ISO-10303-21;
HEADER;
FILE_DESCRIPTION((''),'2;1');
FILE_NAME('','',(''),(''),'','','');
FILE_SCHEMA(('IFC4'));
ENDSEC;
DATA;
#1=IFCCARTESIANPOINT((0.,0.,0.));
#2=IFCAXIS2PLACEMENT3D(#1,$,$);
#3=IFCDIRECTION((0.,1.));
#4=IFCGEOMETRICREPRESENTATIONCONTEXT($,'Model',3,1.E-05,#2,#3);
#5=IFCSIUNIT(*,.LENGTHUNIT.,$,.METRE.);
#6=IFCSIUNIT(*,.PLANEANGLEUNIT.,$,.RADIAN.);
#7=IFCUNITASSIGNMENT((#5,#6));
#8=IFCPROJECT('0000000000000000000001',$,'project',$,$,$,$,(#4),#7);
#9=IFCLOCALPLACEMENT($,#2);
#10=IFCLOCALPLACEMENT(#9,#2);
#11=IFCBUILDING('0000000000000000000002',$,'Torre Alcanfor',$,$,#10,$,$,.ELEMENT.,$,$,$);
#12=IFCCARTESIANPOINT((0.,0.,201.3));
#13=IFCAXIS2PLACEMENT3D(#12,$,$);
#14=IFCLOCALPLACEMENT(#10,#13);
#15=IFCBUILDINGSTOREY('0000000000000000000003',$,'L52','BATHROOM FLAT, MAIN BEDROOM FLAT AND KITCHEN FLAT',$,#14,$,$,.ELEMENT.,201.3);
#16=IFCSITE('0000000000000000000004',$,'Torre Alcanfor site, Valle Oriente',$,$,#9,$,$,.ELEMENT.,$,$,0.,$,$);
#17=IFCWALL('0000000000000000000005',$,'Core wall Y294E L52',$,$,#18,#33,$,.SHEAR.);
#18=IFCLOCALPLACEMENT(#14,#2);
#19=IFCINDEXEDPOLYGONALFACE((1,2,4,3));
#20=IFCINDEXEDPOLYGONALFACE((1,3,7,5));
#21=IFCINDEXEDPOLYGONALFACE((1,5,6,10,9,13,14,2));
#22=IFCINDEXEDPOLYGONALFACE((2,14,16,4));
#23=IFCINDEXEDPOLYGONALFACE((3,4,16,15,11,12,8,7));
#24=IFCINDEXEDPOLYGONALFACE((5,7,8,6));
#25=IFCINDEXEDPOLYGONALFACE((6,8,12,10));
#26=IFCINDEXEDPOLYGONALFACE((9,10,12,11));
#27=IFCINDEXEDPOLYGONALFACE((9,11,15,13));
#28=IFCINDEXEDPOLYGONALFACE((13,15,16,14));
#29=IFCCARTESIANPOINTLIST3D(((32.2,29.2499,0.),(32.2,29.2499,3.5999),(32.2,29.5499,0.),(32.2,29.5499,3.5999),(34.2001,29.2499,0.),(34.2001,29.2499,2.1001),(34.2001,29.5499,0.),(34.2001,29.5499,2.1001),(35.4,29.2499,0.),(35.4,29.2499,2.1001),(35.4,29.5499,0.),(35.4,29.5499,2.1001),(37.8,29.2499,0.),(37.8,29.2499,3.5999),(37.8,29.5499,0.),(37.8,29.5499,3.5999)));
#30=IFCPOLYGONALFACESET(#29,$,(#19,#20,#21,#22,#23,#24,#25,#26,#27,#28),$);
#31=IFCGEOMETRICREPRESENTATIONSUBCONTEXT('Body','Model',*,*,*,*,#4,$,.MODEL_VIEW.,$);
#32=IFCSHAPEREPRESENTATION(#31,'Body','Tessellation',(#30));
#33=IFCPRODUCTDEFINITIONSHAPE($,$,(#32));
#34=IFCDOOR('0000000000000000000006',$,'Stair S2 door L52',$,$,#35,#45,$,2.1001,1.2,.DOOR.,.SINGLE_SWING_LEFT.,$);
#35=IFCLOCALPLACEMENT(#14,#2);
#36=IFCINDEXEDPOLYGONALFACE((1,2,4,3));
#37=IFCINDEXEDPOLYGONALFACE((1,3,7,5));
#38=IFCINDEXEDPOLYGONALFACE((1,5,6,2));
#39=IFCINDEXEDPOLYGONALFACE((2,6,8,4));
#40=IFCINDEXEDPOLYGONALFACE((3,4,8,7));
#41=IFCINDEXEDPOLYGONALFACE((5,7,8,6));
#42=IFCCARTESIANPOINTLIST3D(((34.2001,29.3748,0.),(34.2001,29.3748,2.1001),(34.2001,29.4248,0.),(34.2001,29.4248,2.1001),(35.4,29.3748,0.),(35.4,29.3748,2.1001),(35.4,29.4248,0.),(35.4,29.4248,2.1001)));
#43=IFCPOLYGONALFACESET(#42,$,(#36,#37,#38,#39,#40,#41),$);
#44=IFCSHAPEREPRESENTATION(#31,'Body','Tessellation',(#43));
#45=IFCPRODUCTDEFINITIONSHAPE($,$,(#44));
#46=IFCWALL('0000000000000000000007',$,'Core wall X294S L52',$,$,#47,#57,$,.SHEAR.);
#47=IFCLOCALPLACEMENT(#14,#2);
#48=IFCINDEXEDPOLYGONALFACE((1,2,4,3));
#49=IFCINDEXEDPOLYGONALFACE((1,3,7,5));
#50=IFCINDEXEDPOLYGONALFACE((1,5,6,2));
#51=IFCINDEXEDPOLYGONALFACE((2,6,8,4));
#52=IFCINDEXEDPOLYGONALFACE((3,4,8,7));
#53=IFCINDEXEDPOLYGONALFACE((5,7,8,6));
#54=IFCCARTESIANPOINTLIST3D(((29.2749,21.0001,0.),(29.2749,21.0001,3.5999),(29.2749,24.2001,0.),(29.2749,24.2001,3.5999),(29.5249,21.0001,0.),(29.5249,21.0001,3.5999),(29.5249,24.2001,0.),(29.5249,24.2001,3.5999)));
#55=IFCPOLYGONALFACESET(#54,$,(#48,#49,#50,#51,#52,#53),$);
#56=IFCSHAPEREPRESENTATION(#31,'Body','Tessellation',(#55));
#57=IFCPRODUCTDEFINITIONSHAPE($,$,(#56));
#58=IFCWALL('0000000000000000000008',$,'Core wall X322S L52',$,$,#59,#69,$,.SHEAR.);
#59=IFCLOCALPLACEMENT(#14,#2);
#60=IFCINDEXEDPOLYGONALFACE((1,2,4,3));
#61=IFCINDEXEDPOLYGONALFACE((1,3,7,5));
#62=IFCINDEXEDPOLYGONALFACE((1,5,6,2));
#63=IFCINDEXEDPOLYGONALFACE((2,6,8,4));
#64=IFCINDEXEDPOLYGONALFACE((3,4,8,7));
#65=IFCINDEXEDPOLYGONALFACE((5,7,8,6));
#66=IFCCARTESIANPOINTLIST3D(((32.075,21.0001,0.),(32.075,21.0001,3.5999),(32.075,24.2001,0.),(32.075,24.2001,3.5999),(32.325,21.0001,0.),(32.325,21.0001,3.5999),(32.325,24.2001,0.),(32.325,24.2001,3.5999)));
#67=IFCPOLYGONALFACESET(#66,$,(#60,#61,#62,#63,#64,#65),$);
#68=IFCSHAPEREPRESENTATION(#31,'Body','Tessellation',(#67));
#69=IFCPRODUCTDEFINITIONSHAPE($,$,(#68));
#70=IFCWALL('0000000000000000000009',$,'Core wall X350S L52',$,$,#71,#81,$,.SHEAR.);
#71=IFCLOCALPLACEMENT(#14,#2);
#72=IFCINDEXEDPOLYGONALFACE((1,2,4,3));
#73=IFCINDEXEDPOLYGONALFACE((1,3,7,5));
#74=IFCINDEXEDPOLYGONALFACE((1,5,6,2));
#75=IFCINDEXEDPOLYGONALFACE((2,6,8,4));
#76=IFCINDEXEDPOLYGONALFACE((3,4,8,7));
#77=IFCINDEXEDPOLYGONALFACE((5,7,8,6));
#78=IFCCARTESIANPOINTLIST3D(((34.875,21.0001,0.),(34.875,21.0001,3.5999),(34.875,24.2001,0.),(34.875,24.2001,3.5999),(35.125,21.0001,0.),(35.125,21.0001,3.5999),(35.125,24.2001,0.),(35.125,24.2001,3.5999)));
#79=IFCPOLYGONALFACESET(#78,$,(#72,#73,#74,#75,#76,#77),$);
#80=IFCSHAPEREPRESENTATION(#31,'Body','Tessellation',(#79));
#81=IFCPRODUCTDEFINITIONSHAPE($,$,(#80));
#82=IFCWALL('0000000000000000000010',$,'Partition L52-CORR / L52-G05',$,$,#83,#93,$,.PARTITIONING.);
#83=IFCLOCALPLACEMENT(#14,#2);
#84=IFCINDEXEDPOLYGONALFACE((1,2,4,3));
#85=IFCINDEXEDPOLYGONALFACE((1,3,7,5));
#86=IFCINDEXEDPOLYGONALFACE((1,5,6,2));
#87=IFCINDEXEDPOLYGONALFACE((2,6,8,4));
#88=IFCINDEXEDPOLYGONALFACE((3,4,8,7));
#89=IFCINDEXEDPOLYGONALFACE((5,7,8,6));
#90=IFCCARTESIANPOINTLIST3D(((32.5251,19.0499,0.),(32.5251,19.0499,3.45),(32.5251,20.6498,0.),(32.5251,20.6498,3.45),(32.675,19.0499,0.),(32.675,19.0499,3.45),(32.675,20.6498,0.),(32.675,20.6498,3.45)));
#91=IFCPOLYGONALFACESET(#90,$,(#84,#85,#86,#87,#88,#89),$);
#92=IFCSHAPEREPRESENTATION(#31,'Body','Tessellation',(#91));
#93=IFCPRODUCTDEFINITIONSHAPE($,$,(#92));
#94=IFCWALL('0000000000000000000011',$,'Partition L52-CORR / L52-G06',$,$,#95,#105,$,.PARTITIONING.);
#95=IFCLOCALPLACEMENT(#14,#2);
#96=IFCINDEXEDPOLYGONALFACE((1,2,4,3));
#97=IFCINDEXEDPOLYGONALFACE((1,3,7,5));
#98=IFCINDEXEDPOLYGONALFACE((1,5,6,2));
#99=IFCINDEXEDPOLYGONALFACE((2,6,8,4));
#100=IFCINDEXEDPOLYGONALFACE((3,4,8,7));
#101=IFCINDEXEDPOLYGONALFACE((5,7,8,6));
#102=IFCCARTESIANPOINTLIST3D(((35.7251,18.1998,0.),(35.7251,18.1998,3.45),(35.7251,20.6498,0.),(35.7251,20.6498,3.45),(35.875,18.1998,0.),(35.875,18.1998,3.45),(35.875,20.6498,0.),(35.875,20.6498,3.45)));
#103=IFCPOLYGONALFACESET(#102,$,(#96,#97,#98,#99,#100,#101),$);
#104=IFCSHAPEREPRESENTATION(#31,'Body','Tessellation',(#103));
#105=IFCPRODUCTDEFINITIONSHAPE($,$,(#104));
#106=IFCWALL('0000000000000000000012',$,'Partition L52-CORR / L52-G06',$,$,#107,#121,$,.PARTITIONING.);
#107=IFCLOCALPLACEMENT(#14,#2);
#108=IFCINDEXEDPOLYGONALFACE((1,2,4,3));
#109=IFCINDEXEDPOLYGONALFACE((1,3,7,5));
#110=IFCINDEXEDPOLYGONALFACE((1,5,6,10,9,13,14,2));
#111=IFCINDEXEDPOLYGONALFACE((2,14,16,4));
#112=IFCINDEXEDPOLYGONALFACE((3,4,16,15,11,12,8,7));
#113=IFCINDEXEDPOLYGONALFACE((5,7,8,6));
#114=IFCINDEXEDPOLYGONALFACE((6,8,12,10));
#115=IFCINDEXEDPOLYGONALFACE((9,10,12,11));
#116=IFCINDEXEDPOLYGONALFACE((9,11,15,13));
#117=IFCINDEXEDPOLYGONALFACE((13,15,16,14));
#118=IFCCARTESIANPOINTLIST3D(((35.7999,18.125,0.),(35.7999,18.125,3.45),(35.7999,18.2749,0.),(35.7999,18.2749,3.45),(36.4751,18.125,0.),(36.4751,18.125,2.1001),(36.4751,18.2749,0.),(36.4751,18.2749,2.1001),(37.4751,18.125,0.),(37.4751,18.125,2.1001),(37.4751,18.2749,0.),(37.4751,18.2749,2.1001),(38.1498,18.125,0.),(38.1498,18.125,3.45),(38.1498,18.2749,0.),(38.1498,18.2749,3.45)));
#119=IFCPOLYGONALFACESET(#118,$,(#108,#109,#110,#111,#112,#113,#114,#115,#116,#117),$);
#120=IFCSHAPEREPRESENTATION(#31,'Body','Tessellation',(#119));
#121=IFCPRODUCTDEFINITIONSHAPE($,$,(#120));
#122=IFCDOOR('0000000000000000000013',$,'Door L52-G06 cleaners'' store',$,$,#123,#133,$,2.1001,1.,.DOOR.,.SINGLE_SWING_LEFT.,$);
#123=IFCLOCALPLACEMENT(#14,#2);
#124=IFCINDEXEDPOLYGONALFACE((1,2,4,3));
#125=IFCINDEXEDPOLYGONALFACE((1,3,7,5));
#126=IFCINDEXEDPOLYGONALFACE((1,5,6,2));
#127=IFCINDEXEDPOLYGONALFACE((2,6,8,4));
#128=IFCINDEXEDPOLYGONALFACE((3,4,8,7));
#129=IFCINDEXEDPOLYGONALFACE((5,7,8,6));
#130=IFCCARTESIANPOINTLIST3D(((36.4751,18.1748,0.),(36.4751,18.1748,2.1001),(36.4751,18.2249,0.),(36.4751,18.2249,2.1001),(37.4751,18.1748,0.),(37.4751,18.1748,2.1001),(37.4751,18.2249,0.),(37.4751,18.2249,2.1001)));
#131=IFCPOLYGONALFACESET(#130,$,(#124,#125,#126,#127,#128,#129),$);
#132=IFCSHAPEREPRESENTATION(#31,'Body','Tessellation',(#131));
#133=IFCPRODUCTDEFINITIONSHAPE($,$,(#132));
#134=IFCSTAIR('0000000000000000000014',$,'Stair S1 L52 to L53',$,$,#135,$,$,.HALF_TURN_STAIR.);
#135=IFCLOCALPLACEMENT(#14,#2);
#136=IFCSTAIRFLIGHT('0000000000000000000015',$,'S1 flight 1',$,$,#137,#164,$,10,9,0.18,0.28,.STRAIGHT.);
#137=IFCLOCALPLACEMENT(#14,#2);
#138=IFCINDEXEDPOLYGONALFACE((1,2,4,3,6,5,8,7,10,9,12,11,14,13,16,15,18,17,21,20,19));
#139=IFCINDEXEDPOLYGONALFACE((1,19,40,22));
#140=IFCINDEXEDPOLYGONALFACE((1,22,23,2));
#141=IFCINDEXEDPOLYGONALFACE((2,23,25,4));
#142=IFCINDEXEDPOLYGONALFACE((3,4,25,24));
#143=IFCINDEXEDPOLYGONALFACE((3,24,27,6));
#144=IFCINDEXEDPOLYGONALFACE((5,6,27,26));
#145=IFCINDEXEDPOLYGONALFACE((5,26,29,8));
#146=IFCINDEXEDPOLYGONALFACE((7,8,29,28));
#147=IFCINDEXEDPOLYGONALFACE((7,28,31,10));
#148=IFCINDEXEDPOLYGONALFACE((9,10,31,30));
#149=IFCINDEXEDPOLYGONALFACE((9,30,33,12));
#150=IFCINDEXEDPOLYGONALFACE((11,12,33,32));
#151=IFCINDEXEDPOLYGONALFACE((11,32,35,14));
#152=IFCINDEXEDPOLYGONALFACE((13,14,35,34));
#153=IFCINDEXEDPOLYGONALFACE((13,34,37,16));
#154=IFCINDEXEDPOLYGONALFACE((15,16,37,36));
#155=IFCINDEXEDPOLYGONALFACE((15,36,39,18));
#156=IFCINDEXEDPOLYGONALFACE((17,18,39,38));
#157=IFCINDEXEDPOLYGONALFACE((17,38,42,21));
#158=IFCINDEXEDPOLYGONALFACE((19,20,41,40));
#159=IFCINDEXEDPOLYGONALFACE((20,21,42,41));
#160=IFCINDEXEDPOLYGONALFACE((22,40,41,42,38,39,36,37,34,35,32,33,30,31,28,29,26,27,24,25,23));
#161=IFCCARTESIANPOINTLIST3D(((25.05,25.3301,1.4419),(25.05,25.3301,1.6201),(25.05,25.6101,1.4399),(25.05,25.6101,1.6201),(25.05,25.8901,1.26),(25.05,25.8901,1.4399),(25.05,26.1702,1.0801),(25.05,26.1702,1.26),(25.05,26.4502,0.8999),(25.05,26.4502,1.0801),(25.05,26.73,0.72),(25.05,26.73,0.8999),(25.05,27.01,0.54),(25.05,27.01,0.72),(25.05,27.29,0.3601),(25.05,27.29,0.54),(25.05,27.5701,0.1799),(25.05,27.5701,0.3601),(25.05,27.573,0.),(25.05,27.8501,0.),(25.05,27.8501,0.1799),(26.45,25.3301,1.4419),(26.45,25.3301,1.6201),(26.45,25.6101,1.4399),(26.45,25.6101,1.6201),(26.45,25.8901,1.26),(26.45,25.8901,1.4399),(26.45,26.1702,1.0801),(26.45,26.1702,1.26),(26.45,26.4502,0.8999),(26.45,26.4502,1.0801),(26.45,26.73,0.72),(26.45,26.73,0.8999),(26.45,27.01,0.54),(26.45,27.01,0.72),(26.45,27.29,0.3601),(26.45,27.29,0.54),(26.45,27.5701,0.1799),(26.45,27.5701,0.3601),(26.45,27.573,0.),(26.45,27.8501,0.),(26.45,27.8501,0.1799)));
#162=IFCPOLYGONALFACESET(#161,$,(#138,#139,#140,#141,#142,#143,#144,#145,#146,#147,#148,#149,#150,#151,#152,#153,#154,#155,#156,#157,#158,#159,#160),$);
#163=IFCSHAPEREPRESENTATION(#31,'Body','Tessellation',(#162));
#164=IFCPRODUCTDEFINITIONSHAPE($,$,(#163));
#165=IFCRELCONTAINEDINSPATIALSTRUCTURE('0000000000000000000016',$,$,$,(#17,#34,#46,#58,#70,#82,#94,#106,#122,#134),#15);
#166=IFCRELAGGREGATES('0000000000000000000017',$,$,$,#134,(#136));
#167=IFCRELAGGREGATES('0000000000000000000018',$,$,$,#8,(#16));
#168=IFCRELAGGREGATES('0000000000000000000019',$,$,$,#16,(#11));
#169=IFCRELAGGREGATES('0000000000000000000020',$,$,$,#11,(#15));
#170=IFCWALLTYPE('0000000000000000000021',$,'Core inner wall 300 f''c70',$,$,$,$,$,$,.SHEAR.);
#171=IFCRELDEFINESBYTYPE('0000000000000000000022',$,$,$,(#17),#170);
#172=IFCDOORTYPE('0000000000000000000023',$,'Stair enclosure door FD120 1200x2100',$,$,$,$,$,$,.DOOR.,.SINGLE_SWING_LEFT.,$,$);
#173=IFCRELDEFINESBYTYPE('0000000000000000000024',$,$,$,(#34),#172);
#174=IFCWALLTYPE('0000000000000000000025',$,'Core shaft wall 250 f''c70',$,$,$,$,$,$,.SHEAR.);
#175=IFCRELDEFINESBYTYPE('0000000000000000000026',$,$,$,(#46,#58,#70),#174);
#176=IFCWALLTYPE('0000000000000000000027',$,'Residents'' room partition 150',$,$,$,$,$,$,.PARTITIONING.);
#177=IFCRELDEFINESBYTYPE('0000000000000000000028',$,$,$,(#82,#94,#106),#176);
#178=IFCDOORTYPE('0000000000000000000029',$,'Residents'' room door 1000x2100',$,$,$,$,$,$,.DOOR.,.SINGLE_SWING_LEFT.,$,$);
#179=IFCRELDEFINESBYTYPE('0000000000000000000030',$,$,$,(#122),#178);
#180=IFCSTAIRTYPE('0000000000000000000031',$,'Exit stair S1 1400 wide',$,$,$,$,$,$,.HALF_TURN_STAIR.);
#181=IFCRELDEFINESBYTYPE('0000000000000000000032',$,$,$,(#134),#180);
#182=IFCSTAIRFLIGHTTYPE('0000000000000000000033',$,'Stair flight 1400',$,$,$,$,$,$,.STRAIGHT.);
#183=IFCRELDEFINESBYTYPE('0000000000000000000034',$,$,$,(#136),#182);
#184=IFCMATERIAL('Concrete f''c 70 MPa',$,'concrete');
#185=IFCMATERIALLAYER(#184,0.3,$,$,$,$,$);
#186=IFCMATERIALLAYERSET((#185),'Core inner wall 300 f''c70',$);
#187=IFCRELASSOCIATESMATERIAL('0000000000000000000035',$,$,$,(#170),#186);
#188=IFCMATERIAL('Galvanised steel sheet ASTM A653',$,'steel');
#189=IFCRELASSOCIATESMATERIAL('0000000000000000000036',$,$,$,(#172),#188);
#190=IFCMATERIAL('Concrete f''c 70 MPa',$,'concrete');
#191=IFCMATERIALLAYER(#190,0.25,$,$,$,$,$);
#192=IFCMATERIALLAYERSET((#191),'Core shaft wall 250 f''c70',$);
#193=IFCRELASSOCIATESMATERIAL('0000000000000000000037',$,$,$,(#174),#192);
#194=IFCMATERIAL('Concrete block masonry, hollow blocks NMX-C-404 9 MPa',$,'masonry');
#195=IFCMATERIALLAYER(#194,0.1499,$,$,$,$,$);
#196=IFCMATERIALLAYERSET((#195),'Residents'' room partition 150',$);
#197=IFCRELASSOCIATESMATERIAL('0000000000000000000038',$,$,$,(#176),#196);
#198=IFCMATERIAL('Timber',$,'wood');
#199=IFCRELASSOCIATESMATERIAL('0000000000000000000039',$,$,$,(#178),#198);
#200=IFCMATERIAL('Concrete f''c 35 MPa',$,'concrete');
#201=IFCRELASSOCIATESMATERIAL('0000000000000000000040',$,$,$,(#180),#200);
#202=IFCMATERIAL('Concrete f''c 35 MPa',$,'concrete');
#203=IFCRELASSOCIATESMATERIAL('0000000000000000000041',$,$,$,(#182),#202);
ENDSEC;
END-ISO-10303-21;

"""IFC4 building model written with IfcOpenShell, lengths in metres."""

from ifc_helpers import new_model, si_unit, direction, frame, frame_2d, origin, place, context, subcontext, project, spatial, polyline, rectangle, outline, extrude, material, layer, layer_set, type_object, element, fill, aggregate, save


model = new_model("IFC4")

# Units and contexts
model_context = context("Model", 3, precision=1e-05, world=origin(), true_north=direction((0.0, 1.0)))
body_context = subcontext(model_context, "Body", "Model", "MODEL_VIEW")
ifc_project = project(units=[si_unit("LENGTHUNIT", "METRE"), si_unit("PLANEANGLEUNIT", "RADIAN")], contexts=[model_context])

# Site, building, storey
site_placement = place(None, origin())
site = spatial("IfcSite", under=ifc_project, at=site_placement, Name="Torre Alcanfor site, Valle Oriente", CompositionType="ELEMENT", RefElevation=0.0)
building_placement = place(site_placement, origin())
building = spatial("IfcBuilding", under=site, at=building_placement, Name="Torre Alcanfor", CompositionType="ELEMENT")
storey_placement = place(building_placement, frame((0.0, 0.0, 201.3)))
storey = spatial("IfcBuildingStorey", under=building, at=storey_placement, Name="L52", Description="BATHROOM FLAT, MAIN BEDROOM FLAT AND KITCHEN FLAT", CompositionType="ELEMENT", Elevation=201.3)

# Shared definitions
ifc_material_1 = material(Name="Concrete f'c 70 MPa", Category="concrete")
ifc_layer_1 = layer(ifc_material_1, 0.3)
ifc_layer_set_1 = layer_set([ifc_layer_1], Name="Core inner wall 300 f'c70")
wall_type_1 = type_object("IfcWallType", Name="Core inner wall 300 f'c70", PredefinedType="SHEAR", material=ifc_layer_set_1)

# Wall, opening, door
wall_1_placement = place(storey_placement, frame((32.2, 29.3999, 0.0), z_axis=(0.0, 0.0, 1.0), x_axis=(1.0, 0.0, 0.0)))
wall_1 = element("IfcWall", 1, at=wall_1_placement, inside=storey, type_object=wall_type_1, Name="Core wall Y294E L52", PredefinedType="SHEAR", context=body_context, shape_type="SweptSolid", body=[
    extrude(rectangle(XDim=5.6001, YDim=0.3, at=frame_2d((2.8, 0.0))), origin(), (0.0, 0.0, 1.0), 3.5999),
])
opening_1_placement = place(wall_1_placement, frame((2.0, 0.0, 0.0)))
opening_1 = element("IfcOpeningElement", 2, at=opening_1_placement, cuts=wall_1, PredefinedType="OPENING", context=body_context, shape_type="SweptSolid", body=[
    extrude(rectangle(XDim=1.2, YDim=2.1001, at=frame_2d((0.6001, 1.05))), frame((0.0, 0.1599, 0.0), z_axis=(0.0, -1.0, 0.0), x_axis=(1.0, 0.0, 0.0)), (0.0, 0.0, 1.0), 0.3201),
])
ifc_material_2 = material(Name="Galvanised steel sheet ASTM A653", Category="steel")
door_type_1 = type_object("IfcDoorType", Name="Stair enclosure door FD120 1200x2100", OperationType="SINGLE_SWING_LEFT", PredefinedType="DOOR", material=ifc_material_2)
door_1_placement = place(opening_1_placement, origin())
door_1 = element("IfcDoor", 3, at=door_1_placement, inside=storey, type_object=door_type_1, Name="Stair S2 door L52", OperationType="SINGLE_SWING_LEFT", OverallHeight=2.1001, OverallWidth=1.2, PredefinedType="DOOR", context=body_context, shape_type="SweptSolid", body=[
    extrude(rectangle(XDim=1.2, YDim=2.1001, at=frame_2d((0.6001, 1.05))), frame((0.0, 0.0249, 0.0), z_axis=(0.0, -1.0, 0.0), x_axis=(1.0, 0.0, 0.0)), (0.0, 0.0, 1.0), 0.05),
])
fill(opening_1, door_1)

# Walls
ifc_material_3 = material(Name="Concrete f'c 70 MPa", Category="concrete")
ifc_layer_2 = layer(ifc_material_3, 0.25)
ifc_layer_set_2 = layer_set([ifc_layer_2], Name="Core shaft wall 250 f'c70")
wall_type_2 = type_object("IfcWallType", Name="Core shaft wall 250 f'c70", PredefinedType="SHEAR", material=ifc_layer_set_2)
for number, where, z_axis, x_axis, name in (
    (4, (29.3999, 21.0, 0.0), (0.0, 0.0, 1.0), (0.0, 1.0, 0.0), "Core wall X294S L52"),
    (5, (32.2, 21.0, 0.0), (0.0, 0.0, 1.0), (0.0, 1.0, 0.0), "Core wall X322S L52"),
    (6, (35.0, 21.0, 0.0), (0.0, 0.0, 1.0), (0.0, 1.0, 0.0), "Core wall X350S L52"),
):
    element("IfcWall", number, at=place(storey_placement, frame(where, z_axis=z_axis, x_axis=x_axis)), inside=storey, type_object=wall_type_2, Name=name, PredefinedType="SHEAR", context=body_context, shape_type="SweptSolid", body=[
        extrude(rectangle(XDim=3.2, YDim=0.25, at=frame_2d((1.6001, 0.0))), origin(), (0.0, 0.0, 1.0), 3.5999),
    ])
ifc_material_4 = material(Name="Concrete block masonry, hollow blocks NMX-C-404 9 MPa", Category="masonry")
ifc_layer_3 = layer(ifc_material_4, 0.1499)
ifc_layer_set_3 = layer_set([ifc_layer_3], Name="Residents' room partition 150")
wall_type_3 = type_object("IfcWallType", Name="Residents' room partition 150", PredefinedType="PARTITIONING", material=ifc_layer_set_3)
wall_2_placement = place(storey_placement, frame((32.6001, 19.05, 0.0), z_axis=(0.0, 0.0, 1.0), x_axis=(0.0, 1.0, 0.0)))
element("IfcWall", 7, at=wall_2_placement, inside=storey, type_object=wall_type_3, Name="Partition L52-CORR / L52-G05", PredefinedType="PARTITIONING", context=body_context, shape_type="SweptSolid", body=[
    extrude(rectangle(XDim=1.5999, YDim=0.1499, at=frame_2d((0.7998, 0.0))), origin(), (0.0, 0.0, 1.0), 3.45),
])
wall_3_placement = place(storey_placement, frame((35.8, 20.6499, 0.0), z_axis=(0.0, 0.0, 1.0), x_axis=(0.0, -1.0, 0.0)))
element("IfcWall", 8, at=wall_3_placement, inside=storey, type_object=wall_type_3, Name="Partition L52-CORR / L52-G06", PredefinedType="PARTITIONING", context=body_context, shape_type="SweptSolid", body=[
    extrude(rectangle(XDim=2.45, YDim=0.1499, at=frame_2d((1.2251, 0.0))), origin(), (0.0, 0.0, 1.0), 3.45),
])

# Wall, opening, door
wall_4_placement = place(storey_placement, frame((35.8, 18.2, 0.0), z_axis=(0.0, 0.0, 1.0), x_axis=(1.0, 0.0, 0.0)))
wall_4 = element("IfcWall", 9, at=wall_4_placement, inside=storey, type_object=wall_type_3, Name="Partition L52-CORR / L52-G06", PredefinedType="PARTITIONING", context=body_context, shape_type="SweptSolid", body=[
    extrude(rectangle(XDim=2.3499, YDim=0.1499, at=frame_2d((1.1748, 0.0))), origin(), (0.0, 0.0, 1.0), 3.45),
])
opening_2_placement = place(wall_4_placement, frame((0.675, 0.0, 0.0)))
opening_2 = element("IfcOpeningElement", 10, at=opening_2_placement, cuts=wall_4, PredefinedType="OPENING", context=body_context, shape_type="SweptSolid", body=[
    extrude(rectangle(XDim=1.0, YDim=2.1001, at=frame_2d((0.5, 1.05))), frame((0.0, 0.085, 0.0), z_axis=(0.0, -1.0, 0.0), x_axis=(1.0, 0.0, 0.0)), (0.0, 0.0, 1.0), 0.1699),
])
ifc_material_5 = material(Name="Timber", Category="wood")
door_type_2 = type_object("IfcDoorType", Name="Residents' room door 1000x2100", OperationType="SINGLE_SWING_LEFT", PredefinedType="DOOR", material=ifc_material_5)
door_2_placement = place(opening_2_placement, origin())
door_2 = element("IfcDoor", 11, at=door_2_placement, inside=storey, type_object=door_type_2, Name="Door L52-G06 cleaners' store", OperationType="SINGLE_SWING_LEFT", OverallHeight=2.1001, OverallWidth=1.0, PredefinedType="DOOR", context=body_context, shape_type="SweptSolid", body=[
    extrude(rectangle(XDim=1.0, YDim=2.1001, at=frame_2d((0.5, 1.05))), frame((0.0, 0.0249, 0.0), z_axis=(0.0, -1.0, 0.0), x_axis=(1.0, 0.0, 0.0)), (0.0, 0.0, 1.0), 0.05),
])
fill(opening_2, door_2)

# Stair, stair flight
ifc_material_6 = material(Name="Concrete f'c 35 MPa", Category="concrete")
stair_type = type_object("IfcStairType", Name="Exit stair S1 1400 wide", PredefinedType="HALF_TURN_STAIR", material=ifc_material_6)
stair_placement = place(storey_placement, origin())
stair = element("IfcStair", 12, at=stair_placement, inside=storey, type_object=stair_type, Name="Stair S1 L52 to L53", PredefinedType="HALF_TURN_STAIR")
ifc_material_7 = material(Name="Concrete f'c 35 MPa", Category="concrete")
stair_flight_type = type_object("IfcStairFlightType", Name="Stair flight 1400", PredefinedType="STRAIGHT", material=ifc_material_7)
stair_flight_placement = place(storey_placement, frame((25.75, 27.8501, 0.0), z_axis=(0.0, 0.0, 1.0), x_axis=(0.0, -1.0, 0.0)))
stair_flight = element("IfcStairFlight", 13, at=stair_flight_placement, type_object=stair_flight_type, Name="S1 flight 1", NumberOfRisers=10, NumberOfTreads=9, PredefinedType="STRAIGHT", RiserHeight=0.18, TreadLength=0.28, context=body_context, shape_type="SweptSolid", body=[
    extrude(outline(polyline([(0.0, 0.0), (0.0, 0.1799), (0.28, 0.1799), (0.28, 0.3601), (0.5601, 0.3601), (0.5601, 0.54), (0.8401, 0.54), (0.8401, 0.72), (1.1201, 0.72), (1.1201, 0.8999), (1.3999, 0.8999), (1.3999, 1.0801), (1.6799, 1.0801), (1.6799, 1.26), (1.96, 1.26), (1.96, 1.4399), (2.24, 1.4399), (2.24, 1.6201), (2.52, 1.6201), (2.52, 1.8), (2.52, 1.4419), (0.2771, 0.0), (0.0, 0.0)])), frame((0.0, 0.7, 0.0), z_axis=(0.0, -1.0, 0.0), x_axis=(1.0, 0.0, 0.0)), (0.0, 0.0, 1.0), 1.3999),
])
aggregate(stair, [stair_flight])

save(model, "model.ifc")
